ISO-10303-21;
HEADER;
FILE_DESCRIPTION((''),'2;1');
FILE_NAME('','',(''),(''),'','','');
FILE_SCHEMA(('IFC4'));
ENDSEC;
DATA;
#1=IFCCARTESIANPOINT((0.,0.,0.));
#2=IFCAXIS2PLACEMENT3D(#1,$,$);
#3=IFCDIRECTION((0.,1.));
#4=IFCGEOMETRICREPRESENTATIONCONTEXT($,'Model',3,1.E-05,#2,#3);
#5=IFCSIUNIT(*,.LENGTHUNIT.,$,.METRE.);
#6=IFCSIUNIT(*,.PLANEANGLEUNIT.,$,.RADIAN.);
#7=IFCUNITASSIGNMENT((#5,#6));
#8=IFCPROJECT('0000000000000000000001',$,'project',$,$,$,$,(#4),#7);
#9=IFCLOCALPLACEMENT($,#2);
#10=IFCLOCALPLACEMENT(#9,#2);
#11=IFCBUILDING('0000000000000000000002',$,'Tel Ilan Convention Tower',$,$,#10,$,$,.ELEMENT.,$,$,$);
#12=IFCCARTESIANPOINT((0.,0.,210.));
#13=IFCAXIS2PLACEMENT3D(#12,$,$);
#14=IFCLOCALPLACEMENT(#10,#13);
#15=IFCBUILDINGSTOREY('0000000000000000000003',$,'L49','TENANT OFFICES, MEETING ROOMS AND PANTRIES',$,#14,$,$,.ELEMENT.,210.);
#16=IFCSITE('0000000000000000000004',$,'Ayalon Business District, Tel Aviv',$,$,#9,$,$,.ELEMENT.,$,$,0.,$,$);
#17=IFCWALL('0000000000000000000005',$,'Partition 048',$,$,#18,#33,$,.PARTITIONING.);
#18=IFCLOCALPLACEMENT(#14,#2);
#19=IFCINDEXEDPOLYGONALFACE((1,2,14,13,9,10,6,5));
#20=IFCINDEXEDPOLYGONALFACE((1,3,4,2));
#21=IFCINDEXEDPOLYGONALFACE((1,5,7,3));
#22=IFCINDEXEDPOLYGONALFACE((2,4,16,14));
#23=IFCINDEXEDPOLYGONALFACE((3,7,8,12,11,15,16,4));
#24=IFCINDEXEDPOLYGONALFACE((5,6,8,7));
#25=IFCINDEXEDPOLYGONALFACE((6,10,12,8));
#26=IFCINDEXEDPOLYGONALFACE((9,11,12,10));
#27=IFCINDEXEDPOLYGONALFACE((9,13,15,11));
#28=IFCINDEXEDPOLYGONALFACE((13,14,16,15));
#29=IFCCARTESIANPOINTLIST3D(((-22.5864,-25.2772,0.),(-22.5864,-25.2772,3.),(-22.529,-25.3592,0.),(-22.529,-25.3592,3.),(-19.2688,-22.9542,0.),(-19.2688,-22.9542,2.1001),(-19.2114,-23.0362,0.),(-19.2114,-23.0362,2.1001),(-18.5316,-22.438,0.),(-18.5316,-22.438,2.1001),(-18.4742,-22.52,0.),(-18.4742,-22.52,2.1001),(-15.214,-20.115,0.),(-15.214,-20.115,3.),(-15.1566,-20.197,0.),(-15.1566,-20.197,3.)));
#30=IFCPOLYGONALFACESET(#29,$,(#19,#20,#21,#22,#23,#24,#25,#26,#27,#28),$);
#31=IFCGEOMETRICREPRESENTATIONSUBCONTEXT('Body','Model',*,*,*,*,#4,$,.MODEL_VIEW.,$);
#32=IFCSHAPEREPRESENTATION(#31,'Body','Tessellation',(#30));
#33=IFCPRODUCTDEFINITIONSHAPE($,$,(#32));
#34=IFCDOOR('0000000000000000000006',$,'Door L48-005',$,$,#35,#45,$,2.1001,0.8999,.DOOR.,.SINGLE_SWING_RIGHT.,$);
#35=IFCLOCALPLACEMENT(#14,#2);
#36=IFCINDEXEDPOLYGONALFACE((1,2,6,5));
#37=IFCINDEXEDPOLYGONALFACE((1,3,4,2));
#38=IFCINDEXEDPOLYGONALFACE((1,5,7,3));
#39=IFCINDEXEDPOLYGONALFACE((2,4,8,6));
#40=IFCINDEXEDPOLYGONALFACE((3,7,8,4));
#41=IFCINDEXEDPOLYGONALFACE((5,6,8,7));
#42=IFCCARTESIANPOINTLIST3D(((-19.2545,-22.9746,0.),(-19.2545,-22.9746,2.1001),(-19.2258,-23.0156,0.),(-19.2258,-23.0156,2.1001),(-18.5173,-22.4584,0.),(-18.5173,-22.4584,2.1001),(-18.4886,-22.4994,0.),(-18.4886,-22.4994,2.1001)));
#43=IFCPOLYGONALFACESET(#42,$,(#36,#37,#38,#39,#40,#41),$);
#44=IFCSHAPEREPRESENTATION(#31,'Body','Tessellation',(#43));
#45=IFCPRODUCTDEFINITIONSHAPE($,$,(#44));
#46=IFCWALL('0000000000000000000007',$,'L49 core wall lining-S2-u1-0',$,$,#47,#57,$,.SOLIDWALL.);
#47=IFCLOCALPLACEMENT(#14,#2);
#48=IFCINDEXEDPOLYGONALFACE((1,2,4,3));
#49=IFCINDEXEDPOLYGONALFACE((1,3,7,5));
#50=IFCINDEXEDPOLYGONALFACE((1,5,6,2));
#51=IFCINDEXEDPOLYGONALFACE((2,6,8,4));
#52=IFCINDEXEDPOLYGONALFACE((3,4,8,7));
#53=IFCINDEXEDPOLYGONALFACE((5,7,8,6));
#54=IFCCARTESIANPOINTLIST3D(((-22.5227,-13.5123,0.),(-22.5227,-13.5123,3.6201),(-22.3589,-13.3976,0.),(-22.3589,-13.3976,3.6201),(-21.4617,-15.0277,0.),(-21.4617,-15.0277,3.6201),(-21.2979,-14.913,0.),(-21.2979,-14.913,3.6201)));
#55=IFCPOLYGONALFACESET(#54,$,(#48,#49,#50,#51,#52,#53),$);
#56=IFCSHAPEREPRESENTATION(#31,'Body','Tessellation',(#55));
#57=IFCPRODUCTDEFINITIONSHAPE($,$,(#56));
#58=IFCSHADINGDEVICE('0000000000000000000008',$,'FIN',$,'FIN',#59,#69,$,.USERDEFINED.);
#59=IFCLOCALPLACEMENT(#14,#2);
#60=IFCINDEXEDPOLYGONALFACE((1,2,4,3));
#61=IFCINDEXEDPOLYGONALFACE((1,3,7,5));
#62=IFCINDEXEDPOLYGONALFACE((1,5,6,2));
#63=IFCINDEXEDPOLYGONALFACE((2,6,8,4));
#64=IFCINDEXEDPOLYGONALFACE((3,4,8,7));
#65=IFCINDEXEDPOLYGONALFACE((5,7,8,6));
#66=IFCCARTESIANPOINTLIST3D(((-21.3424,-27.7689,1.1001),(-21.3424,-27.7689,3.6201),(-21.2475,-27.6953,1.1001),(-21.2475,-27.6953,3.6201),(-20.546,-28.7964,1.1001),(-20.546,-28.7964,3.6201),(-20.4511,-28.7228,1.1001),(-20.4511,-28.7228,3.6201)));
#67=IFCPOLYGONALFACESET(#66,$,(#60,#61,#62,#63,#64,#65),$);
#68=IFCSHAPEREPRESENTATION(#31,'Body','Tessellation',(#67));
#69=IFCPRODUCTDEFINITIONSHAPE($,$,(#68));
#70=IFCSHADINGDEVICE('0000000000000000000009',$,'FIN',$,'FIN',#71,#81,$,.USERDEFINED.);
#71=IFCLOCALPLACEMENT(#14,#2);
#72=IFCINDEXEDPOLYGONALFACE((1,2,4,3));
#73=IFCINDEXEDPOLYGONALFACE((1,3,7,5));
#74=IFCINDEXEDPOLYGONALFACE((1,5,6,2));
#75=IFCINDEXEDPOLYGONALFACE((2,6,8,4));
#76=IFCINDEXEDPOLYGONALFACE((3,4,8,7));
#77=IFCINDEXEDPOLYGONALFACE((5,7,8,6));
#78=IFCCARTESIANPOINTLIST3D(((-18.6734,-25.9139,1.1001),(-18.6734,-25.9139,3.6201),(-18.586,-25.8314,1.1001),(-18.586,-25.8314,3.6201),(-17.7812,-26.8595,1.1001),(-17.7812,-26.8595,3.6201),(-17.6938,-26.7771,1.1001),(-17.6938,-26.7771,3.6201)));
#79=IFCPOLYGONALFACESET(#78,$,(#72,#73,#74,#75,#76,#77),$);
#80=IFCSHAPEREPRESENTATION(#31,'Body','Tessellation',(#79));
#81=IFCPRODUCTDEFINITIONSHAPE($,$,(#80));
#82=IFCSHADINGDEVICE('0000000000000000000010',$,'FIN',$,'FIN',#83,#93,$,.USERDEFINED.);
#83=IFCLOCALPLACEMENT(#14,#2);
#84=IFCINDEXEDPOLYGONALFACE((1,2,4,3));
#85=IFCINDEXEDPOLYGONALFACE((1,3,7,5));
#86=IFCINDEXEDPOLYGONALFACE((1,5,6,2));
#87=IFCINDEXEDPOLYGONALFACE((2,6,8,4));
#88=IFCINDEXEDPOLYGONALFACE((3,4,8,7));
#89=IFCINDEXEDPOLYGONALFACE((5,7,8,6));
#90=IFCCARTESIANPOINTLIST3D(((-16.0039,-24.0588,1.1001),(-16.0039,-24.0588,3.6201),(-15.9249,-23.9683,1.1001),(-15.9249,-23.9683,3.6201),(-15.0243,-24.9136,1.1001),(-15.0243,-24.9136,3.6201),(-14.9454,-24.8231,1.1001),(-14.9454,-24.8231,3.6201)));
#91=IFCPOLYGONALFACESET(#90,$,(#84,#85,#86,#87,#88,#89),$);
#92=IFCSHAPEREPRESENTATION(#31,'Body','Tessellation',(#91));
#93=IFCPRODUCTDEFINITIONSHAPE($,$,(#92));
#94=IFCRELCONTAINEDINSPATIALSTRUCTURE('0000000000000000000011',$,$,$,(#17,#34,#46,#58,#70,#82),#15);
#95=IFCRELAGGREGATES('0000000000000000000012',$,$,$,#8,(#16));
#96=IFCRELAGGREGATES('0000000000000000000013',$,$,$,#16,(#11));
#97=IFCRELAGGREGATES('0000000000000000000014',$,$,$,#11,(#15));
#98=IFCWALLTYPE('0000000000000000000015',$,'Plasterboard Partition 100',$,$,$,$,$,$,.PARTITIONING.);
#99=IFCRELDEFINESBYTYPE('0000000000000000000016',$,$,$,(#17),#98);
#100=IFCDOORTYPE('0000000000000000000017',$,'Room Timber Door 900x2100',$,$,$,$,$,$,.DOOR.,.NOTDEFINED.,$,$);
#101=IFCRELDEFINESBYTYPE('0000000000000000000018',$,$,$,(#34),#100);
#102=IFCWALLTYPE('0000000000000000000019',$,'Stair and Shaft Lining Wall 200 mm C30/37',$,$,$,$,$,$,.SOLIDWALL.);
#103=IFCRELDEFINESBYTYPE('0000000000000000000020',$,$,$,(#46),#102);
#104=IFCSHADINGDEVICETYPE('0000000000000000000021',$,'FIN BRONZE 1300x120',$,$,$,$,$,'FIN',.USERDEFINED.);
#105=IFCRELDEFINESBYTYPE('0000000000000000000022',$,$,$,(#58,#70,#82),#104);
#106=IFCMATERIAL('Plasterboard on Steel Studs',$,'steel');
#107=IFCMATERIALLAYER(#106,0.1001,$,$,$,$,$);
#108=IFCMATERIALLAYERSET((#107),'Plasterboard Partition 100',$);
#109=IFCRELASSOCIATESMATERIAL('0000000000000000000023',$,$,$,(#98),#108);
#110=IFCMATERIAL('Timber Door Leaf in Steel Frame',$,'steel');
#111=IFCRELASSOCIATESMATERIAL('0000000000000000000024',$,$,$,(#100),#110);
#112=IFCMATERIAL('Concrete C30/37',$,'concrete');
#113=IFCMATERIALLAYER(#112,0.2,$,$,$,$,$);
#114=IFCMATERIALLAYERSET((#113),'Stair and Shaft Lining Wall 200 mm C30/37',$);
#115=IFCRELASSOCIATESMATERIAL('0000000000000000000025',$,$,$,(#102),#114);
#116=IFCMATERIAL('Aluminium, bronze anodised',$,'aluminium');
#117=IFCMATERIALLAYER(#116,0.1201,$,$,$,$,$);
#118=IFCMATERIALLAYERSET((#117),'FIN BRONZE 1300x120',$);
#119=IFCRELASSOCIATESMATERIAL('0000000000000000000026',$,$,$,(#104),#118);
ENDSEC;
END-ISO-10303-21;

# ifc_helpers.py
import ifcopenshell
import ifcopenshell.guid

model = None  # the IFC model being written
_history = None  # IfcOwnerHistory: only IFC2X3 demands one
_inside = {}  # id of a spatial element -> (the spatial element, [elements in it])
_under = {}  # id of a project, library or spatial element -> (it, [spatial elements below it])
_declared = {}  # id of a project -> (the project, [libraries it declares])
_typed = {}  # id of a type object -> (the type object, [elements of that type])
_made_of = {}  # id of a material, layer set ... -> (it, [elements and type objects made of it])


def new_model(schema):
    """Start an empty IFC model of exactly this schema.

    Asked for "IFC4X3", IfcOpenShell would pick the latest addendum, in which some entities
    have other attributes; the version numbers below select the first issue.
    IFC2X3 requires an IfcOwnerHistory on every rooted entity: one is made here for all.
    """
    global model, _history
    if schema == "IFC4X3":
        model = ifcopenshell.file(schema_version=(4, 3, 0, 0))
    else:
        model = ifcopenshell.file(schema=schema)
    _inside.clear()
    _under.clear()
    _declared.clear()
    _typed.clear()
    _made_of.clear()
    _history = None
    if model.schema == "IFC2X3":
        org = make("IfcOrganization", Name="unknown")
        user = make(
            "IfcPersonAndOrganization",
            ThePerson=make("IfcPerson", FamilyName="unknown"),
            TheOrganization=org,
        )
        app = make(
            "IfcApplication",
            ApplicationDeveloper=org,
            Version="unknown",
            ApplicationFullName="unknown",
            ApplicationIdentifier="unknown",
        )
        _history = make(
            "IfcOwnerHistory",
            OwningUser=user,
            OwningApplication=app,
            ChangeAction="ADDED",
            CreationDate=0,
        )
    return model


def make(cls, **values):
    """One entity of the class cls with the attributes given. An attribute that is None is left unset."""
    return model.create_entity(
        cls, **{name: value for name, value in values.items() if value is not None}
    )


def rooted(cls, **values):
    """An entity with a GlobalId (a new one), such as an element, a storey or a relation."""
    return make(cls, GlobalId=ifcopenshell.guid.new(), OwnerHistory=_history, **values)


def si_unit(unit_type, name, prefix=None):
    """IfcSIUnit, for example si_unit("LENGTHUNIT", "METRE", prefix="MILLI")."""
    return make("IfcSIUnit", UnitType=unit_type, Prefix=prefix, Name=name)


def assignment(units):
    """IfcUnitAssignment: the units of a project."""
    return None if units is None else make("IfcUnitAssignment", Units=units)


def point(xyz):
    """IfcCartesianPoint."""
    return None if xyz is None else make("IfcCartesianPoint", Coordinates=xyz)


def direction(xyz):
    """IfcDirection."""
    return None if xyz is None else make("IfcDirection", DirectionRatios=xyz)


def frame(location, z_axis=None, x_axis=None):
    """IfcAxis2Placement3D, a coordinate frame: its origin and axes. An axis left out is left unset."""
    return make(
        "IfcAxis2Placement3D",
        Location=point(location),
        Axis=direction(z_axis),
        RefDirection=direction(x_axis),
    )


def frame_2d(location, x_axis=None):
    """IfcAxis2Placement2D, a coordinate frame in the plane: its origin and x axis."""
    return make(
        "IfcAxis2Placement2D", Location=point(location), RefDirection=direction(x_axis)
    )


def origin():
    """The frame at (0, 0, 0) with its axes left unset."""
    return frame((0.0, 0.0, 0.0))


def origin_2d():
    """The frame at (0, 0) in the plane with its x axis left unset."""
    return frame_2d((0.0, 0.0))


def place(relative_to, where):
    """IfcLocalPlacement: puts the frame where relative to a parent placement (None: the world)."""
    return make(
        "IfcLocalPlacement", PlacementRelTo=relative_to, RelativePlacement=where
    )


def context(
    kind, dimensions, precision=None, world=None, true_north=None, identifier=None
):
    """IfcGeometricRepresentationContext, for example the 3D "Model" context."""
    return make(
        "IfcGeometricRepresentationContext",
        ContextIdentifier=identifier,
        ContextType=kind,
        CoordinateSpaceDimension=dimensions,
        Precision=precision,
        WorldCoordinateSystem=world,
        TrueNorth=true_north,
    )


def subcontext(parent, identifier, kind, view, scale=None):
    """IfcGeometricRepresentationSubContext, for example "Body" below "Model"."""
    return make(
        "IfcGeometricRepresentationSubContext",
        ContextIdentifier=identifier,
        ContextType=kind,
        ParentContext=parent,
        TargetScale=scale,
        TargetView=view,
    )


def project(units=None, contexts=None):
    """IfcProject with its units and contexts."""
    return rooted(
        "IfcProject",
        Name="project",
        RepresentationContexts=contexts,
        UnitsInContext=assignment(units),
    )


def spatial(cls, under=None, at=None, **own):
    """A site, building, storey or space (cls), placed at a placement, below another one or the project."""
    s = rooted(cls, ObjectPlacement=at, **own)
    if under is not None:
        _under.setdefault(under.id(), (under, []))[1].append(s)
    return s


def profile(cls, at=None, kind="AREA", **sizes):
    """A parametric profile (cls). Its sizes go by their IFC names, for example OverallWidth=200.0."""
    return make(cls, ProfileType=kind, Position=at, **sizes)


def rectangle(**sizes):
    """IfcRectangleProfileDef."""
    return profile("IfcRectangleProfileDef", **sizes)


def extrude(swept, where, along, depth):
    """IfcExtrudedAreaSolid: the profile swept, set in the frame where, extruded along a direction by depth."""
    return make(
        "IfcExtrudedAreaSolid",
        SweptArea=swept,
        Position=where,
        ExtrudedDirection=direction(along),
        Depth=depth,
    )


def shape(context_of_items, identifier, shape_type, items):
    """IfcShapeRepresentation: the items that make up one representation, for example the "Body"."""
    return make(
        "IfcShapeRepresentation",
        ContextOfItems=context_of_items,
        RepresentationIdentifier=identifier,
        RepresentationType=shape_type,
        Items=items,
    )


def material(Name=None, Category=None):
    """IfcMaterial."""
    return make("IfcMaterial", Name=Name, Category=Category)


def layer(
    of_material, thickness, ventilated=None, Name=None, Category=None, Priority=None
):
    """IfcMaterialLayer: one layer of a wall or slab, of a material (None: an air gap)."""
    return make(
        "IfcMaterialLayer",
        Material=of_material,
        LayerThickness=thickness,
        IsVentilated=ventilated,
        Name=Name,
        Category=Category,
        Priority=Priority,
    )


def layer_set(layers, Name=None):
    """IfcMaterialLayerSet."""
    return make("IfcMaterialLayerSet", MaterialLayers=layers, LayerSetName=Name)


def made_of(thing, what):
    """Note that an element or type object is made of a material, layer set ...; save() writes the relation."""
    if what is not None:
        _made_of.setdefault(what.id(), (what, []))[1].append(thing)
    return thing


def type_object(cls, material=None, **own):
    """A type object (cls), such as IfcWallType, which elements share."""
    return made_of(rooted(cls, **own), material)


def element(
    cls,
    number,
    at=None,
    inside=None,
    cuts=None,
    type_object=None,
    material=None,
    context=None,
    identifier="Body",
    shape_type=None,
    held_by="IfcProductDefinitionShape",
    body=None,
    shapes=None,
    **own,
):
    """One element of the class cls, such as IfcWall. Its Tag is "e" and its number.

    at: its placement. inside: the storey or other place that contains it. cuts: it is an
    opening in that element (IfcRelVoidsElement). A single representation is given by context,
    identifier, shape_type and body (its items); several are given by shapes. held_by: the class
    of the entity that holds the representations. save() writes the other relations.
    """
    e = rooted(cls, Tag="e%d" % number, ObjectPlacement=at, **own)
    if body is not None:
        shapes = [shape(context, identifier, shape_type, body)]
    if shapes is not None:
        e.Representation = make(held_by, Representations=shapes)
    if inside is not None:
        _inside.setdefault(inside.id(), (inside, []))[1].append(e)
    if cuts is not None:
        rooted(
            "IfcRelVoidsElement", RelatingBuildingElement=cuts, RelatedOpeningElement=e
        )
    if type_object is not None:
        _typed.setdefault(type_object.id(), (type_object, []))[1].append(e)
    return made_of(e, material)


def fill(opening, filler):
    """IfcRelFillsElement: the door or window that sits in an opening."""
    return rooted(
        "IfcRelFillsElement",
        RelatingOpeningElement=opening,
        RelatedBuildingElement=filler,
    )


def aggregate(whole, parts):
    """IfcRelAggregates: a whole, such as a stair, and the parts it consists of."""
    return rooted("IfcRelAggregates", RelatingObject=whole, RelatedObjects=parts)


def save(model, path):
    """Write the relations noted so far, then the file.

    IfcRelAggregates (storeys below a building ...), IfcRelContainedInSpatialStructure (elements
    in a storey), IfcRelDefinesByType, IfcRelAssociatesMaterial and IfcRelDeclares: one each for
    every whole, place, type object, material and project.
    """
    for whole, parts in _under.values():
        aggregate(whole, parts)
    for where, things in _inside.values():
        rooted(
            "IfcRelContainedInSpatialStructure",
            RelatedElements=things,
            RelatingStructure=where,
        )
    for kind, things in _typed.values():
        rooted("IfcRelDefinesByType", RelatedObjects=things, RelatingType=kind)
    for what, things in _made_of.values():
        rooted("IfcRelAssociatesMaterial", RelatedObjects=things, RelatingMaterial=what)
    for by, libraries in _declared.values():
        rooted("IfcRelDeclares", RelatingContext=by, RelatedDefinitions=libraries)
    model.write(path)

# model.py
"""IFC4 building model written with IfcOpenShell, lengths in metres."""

from ifc_helpers import new_model, si_unit, direction, frame, frame_2d, origin, origin_2d, place, context, subcontext, project, spatial, rectangle, extrude, material, layer, layer_set, type_object, element, fill, save


model = new_model("IFC4")

# Units and contexts
model_context = context("Model", 3, precision=1e-05, world=origin(), true_north=direction((0.0, 1.0)))
body_context = subcontext(model_context, "Body", "Model", "MODEL_VIEW")
ifc_project = project(units=[si_unit("LENGTHUNIT", "METRE"), si_unit("PLANEANGLEUNIT", "RADIAN")], contexts=[model_context])

# Site, building, storey
site_placement = place(None, origin())
site = spatial("IfcSite", under=ifc_project, at=site_placement, Name="Ayalon Business District, Tel Aviv", CompositionType="ELEMENT", RefElevation=0.0)
building_placement = place(site_placement, origin())
building = spatial("IfcBuilding", under=site, at=building_placement, Name="Tel Ilan Convention Tower", CompositionType="ELEMENT")
storey_placement = place(building_placement, frame((0.0, 0.0, 210.0)))
storey = spatial("IfcBuildingStorey", under=building, at=storey_placement, Name="L49", Description="TENANT OFFICES, MEETING ROOMS AND PANTRIES", CompositionType="ELEMENT", Elevation=210.0)

# Wall, opening, door
ifc_material_1 = material(Name="Plasterboard on Steel Studs", Category="steel")
ifc_layer_1 = layer(ifc_material_1, 0.1001)
ifc_layer_set_1 = layer_set([ifc_layer_1], Name="Plasterboard Partition 100")
wall_type_1 = type_object("IfcWallType", Name="Plasterboard Partition 100", PredefinedType="PARTITIONING", material=ifc_layer_set_1)
wall_1_placement = place(storey_placement, frame((-15.1853, -20.156, 0.0), z_axis=(0.0, 0.0, 1.0), x_axis=(-0.819154, -0.573573, 0.0)))
wall_1 = element("IfcWall", 1, at=wall_1_placement, inside=storey, type_object=wall_type_1, Name="Partition 048", PredefinedType="PARTITIONING", context=body_context, shape_type="SweptSolid", body=[
    extrude(rectangle(XDim=9.0, YDim=0.1001, at=frame_2d((4.5, 0.0))), origin(), (0.0, 0.0, 1.0), 3.0),
])
opening_1_placement = place(wall_1_placement, frame((4.05, 0.0, 0.0)))
opening_1 = element("IfcOpeningElement", 2, at=opening_1_placement, cuts=wall_1, PredefinedType="OPENING", context=body_context, shape_type="SweptSolid", body=[
    extrude(rectangle(XDim=0.8999, YDim=2.1001, at=frame_2d((0.45, 1.05))), frame((0.0, 0.0601, 0.0), z_axis=(0.0, -1.0, 0.0), x_axis=(1.0, 0.0, 0.0)), (0.0, 0.0, 1.0), 0.1201),
])
ifc_material_2 = material(Name="Timber Door Leaf in Steel Frame", Category="steel")
door_type_1 = type_object("IfcDoorType", Name="Room Timber Door 900x2100", OperationType="NOTDEFINED", PredefinedType="DOOR", material=ifc_material_2)
door_1_placement = place(opening_1_placement, origin())
door_1 = element("IfcDoor", 3, at=door_1_placement, inside=storey, type_object=door_type_1, Name="Door L48-005", OperationType="SINGLE_SWING_RIGHT", OverallHeight=2.1001, OverallWidth=0.8999, PredefinedType="DOOR", context=body_context, shape_type="SweptSolid", body=[
    extrude(rectangle(XDim=0.8999, YDim=2.1001, at=frame_2d((0.45, 1.05))), frame((0.0, 0.0249, 0.0), z_axis=(0.0, -1.0, 0.0), x_axis=(1.0, 0.0, 0.0)), (0.0, 0.0, 1.0), 0.05),
])
fill(opening_1, door_1)

# Wall
ifc_material_3 = material(Name="Concrete C30/37", Category="concrete")
ifc_layer_2 = layer(ifc_material_3, 0.2)
ifc_layer_set_2 = layer_set([ifc_layer_2], Name="Stair and Shaft Lining Wall 200 mm C30/37")
wall_type_2 = type_object("IfcWallType", Name="Stair and Shaft Lining Wall 200 mm C30/37", PredefinedType="SOLIDWALL", material=ifc_layer_set_2)
wall_2_placement = place(storey_placement, frame((-21.3799, -14.9702, 0.0), z_axis=(0.0, 0.0, 1.0), x_axis=(-0.57356, 0.819164, 0.0)))
element("IfcWall", 4, at=wall_2_placement, inside=storey, type_object=wall_type_2, Name="L49 core wall lining-S2-u1-0", PredefinedType="SOLIDWALL", context=body_context, shape_type="SweptSolid", body=[
    extrude(rectangle(XDim=1.8499, YDim=0.2, at=frame_2d((0.9248, 0.0))), origin(), (0.0, 0.0, 1.0), 3.6201),
])

# Shading devices
ifc_material_4 = material(Name="Aluminium, bronze anodised", Category="aluminium")
ifc_layer_3 = layer(ifc_material_4, 0.1201)
ifc_layer_set_3 = layer_set([ifc_layer_3], Name="FIN BRONZE 1300x120")
shading_device_type = type_object("IfcShadingDeviceType", Name="FIN BRONZE 1300x120", ElementType="FIN", PredefinedType="USERDEFINED", material=ifc_layer_set_3)
for number, where, z_axis, x_axis, name in (
    (5, (-20.8967, -28.2458, 1.1001), (0.0, 0.0, 1.0), (0.612601, -0.790393, 0.0), "FIN"),
    (6, (-18.1836, -26.3455, 1.1001), (0.0, 0.0, 1.0), (0.686242, -0.727374, 0.0), "FIN"),
    (7, (-15.4746, -24.4409, 1.1001), (0.0, 0.0, 1.0), (0.753436, -0.657521, 0.0), "FIN"),
):
    element("IfcShadingDevice", number, at=place(storey_placement, frame(where, z_axis=z_axis, x_axis=x_axis)), inside=storey, type_object=shading_device_type, Name=name, ObjectType="FIN", PredefinedType="USERDEFINED", context=body_context, shape_type="SweptSolid", body=[
        extrude(rectangle(XDim=1.3, YDim=0.1201, at=origin_2d()), origin(), (0.0, 0.0, 1.0), 2.52),
    ])

save(model, "model.ifc")
